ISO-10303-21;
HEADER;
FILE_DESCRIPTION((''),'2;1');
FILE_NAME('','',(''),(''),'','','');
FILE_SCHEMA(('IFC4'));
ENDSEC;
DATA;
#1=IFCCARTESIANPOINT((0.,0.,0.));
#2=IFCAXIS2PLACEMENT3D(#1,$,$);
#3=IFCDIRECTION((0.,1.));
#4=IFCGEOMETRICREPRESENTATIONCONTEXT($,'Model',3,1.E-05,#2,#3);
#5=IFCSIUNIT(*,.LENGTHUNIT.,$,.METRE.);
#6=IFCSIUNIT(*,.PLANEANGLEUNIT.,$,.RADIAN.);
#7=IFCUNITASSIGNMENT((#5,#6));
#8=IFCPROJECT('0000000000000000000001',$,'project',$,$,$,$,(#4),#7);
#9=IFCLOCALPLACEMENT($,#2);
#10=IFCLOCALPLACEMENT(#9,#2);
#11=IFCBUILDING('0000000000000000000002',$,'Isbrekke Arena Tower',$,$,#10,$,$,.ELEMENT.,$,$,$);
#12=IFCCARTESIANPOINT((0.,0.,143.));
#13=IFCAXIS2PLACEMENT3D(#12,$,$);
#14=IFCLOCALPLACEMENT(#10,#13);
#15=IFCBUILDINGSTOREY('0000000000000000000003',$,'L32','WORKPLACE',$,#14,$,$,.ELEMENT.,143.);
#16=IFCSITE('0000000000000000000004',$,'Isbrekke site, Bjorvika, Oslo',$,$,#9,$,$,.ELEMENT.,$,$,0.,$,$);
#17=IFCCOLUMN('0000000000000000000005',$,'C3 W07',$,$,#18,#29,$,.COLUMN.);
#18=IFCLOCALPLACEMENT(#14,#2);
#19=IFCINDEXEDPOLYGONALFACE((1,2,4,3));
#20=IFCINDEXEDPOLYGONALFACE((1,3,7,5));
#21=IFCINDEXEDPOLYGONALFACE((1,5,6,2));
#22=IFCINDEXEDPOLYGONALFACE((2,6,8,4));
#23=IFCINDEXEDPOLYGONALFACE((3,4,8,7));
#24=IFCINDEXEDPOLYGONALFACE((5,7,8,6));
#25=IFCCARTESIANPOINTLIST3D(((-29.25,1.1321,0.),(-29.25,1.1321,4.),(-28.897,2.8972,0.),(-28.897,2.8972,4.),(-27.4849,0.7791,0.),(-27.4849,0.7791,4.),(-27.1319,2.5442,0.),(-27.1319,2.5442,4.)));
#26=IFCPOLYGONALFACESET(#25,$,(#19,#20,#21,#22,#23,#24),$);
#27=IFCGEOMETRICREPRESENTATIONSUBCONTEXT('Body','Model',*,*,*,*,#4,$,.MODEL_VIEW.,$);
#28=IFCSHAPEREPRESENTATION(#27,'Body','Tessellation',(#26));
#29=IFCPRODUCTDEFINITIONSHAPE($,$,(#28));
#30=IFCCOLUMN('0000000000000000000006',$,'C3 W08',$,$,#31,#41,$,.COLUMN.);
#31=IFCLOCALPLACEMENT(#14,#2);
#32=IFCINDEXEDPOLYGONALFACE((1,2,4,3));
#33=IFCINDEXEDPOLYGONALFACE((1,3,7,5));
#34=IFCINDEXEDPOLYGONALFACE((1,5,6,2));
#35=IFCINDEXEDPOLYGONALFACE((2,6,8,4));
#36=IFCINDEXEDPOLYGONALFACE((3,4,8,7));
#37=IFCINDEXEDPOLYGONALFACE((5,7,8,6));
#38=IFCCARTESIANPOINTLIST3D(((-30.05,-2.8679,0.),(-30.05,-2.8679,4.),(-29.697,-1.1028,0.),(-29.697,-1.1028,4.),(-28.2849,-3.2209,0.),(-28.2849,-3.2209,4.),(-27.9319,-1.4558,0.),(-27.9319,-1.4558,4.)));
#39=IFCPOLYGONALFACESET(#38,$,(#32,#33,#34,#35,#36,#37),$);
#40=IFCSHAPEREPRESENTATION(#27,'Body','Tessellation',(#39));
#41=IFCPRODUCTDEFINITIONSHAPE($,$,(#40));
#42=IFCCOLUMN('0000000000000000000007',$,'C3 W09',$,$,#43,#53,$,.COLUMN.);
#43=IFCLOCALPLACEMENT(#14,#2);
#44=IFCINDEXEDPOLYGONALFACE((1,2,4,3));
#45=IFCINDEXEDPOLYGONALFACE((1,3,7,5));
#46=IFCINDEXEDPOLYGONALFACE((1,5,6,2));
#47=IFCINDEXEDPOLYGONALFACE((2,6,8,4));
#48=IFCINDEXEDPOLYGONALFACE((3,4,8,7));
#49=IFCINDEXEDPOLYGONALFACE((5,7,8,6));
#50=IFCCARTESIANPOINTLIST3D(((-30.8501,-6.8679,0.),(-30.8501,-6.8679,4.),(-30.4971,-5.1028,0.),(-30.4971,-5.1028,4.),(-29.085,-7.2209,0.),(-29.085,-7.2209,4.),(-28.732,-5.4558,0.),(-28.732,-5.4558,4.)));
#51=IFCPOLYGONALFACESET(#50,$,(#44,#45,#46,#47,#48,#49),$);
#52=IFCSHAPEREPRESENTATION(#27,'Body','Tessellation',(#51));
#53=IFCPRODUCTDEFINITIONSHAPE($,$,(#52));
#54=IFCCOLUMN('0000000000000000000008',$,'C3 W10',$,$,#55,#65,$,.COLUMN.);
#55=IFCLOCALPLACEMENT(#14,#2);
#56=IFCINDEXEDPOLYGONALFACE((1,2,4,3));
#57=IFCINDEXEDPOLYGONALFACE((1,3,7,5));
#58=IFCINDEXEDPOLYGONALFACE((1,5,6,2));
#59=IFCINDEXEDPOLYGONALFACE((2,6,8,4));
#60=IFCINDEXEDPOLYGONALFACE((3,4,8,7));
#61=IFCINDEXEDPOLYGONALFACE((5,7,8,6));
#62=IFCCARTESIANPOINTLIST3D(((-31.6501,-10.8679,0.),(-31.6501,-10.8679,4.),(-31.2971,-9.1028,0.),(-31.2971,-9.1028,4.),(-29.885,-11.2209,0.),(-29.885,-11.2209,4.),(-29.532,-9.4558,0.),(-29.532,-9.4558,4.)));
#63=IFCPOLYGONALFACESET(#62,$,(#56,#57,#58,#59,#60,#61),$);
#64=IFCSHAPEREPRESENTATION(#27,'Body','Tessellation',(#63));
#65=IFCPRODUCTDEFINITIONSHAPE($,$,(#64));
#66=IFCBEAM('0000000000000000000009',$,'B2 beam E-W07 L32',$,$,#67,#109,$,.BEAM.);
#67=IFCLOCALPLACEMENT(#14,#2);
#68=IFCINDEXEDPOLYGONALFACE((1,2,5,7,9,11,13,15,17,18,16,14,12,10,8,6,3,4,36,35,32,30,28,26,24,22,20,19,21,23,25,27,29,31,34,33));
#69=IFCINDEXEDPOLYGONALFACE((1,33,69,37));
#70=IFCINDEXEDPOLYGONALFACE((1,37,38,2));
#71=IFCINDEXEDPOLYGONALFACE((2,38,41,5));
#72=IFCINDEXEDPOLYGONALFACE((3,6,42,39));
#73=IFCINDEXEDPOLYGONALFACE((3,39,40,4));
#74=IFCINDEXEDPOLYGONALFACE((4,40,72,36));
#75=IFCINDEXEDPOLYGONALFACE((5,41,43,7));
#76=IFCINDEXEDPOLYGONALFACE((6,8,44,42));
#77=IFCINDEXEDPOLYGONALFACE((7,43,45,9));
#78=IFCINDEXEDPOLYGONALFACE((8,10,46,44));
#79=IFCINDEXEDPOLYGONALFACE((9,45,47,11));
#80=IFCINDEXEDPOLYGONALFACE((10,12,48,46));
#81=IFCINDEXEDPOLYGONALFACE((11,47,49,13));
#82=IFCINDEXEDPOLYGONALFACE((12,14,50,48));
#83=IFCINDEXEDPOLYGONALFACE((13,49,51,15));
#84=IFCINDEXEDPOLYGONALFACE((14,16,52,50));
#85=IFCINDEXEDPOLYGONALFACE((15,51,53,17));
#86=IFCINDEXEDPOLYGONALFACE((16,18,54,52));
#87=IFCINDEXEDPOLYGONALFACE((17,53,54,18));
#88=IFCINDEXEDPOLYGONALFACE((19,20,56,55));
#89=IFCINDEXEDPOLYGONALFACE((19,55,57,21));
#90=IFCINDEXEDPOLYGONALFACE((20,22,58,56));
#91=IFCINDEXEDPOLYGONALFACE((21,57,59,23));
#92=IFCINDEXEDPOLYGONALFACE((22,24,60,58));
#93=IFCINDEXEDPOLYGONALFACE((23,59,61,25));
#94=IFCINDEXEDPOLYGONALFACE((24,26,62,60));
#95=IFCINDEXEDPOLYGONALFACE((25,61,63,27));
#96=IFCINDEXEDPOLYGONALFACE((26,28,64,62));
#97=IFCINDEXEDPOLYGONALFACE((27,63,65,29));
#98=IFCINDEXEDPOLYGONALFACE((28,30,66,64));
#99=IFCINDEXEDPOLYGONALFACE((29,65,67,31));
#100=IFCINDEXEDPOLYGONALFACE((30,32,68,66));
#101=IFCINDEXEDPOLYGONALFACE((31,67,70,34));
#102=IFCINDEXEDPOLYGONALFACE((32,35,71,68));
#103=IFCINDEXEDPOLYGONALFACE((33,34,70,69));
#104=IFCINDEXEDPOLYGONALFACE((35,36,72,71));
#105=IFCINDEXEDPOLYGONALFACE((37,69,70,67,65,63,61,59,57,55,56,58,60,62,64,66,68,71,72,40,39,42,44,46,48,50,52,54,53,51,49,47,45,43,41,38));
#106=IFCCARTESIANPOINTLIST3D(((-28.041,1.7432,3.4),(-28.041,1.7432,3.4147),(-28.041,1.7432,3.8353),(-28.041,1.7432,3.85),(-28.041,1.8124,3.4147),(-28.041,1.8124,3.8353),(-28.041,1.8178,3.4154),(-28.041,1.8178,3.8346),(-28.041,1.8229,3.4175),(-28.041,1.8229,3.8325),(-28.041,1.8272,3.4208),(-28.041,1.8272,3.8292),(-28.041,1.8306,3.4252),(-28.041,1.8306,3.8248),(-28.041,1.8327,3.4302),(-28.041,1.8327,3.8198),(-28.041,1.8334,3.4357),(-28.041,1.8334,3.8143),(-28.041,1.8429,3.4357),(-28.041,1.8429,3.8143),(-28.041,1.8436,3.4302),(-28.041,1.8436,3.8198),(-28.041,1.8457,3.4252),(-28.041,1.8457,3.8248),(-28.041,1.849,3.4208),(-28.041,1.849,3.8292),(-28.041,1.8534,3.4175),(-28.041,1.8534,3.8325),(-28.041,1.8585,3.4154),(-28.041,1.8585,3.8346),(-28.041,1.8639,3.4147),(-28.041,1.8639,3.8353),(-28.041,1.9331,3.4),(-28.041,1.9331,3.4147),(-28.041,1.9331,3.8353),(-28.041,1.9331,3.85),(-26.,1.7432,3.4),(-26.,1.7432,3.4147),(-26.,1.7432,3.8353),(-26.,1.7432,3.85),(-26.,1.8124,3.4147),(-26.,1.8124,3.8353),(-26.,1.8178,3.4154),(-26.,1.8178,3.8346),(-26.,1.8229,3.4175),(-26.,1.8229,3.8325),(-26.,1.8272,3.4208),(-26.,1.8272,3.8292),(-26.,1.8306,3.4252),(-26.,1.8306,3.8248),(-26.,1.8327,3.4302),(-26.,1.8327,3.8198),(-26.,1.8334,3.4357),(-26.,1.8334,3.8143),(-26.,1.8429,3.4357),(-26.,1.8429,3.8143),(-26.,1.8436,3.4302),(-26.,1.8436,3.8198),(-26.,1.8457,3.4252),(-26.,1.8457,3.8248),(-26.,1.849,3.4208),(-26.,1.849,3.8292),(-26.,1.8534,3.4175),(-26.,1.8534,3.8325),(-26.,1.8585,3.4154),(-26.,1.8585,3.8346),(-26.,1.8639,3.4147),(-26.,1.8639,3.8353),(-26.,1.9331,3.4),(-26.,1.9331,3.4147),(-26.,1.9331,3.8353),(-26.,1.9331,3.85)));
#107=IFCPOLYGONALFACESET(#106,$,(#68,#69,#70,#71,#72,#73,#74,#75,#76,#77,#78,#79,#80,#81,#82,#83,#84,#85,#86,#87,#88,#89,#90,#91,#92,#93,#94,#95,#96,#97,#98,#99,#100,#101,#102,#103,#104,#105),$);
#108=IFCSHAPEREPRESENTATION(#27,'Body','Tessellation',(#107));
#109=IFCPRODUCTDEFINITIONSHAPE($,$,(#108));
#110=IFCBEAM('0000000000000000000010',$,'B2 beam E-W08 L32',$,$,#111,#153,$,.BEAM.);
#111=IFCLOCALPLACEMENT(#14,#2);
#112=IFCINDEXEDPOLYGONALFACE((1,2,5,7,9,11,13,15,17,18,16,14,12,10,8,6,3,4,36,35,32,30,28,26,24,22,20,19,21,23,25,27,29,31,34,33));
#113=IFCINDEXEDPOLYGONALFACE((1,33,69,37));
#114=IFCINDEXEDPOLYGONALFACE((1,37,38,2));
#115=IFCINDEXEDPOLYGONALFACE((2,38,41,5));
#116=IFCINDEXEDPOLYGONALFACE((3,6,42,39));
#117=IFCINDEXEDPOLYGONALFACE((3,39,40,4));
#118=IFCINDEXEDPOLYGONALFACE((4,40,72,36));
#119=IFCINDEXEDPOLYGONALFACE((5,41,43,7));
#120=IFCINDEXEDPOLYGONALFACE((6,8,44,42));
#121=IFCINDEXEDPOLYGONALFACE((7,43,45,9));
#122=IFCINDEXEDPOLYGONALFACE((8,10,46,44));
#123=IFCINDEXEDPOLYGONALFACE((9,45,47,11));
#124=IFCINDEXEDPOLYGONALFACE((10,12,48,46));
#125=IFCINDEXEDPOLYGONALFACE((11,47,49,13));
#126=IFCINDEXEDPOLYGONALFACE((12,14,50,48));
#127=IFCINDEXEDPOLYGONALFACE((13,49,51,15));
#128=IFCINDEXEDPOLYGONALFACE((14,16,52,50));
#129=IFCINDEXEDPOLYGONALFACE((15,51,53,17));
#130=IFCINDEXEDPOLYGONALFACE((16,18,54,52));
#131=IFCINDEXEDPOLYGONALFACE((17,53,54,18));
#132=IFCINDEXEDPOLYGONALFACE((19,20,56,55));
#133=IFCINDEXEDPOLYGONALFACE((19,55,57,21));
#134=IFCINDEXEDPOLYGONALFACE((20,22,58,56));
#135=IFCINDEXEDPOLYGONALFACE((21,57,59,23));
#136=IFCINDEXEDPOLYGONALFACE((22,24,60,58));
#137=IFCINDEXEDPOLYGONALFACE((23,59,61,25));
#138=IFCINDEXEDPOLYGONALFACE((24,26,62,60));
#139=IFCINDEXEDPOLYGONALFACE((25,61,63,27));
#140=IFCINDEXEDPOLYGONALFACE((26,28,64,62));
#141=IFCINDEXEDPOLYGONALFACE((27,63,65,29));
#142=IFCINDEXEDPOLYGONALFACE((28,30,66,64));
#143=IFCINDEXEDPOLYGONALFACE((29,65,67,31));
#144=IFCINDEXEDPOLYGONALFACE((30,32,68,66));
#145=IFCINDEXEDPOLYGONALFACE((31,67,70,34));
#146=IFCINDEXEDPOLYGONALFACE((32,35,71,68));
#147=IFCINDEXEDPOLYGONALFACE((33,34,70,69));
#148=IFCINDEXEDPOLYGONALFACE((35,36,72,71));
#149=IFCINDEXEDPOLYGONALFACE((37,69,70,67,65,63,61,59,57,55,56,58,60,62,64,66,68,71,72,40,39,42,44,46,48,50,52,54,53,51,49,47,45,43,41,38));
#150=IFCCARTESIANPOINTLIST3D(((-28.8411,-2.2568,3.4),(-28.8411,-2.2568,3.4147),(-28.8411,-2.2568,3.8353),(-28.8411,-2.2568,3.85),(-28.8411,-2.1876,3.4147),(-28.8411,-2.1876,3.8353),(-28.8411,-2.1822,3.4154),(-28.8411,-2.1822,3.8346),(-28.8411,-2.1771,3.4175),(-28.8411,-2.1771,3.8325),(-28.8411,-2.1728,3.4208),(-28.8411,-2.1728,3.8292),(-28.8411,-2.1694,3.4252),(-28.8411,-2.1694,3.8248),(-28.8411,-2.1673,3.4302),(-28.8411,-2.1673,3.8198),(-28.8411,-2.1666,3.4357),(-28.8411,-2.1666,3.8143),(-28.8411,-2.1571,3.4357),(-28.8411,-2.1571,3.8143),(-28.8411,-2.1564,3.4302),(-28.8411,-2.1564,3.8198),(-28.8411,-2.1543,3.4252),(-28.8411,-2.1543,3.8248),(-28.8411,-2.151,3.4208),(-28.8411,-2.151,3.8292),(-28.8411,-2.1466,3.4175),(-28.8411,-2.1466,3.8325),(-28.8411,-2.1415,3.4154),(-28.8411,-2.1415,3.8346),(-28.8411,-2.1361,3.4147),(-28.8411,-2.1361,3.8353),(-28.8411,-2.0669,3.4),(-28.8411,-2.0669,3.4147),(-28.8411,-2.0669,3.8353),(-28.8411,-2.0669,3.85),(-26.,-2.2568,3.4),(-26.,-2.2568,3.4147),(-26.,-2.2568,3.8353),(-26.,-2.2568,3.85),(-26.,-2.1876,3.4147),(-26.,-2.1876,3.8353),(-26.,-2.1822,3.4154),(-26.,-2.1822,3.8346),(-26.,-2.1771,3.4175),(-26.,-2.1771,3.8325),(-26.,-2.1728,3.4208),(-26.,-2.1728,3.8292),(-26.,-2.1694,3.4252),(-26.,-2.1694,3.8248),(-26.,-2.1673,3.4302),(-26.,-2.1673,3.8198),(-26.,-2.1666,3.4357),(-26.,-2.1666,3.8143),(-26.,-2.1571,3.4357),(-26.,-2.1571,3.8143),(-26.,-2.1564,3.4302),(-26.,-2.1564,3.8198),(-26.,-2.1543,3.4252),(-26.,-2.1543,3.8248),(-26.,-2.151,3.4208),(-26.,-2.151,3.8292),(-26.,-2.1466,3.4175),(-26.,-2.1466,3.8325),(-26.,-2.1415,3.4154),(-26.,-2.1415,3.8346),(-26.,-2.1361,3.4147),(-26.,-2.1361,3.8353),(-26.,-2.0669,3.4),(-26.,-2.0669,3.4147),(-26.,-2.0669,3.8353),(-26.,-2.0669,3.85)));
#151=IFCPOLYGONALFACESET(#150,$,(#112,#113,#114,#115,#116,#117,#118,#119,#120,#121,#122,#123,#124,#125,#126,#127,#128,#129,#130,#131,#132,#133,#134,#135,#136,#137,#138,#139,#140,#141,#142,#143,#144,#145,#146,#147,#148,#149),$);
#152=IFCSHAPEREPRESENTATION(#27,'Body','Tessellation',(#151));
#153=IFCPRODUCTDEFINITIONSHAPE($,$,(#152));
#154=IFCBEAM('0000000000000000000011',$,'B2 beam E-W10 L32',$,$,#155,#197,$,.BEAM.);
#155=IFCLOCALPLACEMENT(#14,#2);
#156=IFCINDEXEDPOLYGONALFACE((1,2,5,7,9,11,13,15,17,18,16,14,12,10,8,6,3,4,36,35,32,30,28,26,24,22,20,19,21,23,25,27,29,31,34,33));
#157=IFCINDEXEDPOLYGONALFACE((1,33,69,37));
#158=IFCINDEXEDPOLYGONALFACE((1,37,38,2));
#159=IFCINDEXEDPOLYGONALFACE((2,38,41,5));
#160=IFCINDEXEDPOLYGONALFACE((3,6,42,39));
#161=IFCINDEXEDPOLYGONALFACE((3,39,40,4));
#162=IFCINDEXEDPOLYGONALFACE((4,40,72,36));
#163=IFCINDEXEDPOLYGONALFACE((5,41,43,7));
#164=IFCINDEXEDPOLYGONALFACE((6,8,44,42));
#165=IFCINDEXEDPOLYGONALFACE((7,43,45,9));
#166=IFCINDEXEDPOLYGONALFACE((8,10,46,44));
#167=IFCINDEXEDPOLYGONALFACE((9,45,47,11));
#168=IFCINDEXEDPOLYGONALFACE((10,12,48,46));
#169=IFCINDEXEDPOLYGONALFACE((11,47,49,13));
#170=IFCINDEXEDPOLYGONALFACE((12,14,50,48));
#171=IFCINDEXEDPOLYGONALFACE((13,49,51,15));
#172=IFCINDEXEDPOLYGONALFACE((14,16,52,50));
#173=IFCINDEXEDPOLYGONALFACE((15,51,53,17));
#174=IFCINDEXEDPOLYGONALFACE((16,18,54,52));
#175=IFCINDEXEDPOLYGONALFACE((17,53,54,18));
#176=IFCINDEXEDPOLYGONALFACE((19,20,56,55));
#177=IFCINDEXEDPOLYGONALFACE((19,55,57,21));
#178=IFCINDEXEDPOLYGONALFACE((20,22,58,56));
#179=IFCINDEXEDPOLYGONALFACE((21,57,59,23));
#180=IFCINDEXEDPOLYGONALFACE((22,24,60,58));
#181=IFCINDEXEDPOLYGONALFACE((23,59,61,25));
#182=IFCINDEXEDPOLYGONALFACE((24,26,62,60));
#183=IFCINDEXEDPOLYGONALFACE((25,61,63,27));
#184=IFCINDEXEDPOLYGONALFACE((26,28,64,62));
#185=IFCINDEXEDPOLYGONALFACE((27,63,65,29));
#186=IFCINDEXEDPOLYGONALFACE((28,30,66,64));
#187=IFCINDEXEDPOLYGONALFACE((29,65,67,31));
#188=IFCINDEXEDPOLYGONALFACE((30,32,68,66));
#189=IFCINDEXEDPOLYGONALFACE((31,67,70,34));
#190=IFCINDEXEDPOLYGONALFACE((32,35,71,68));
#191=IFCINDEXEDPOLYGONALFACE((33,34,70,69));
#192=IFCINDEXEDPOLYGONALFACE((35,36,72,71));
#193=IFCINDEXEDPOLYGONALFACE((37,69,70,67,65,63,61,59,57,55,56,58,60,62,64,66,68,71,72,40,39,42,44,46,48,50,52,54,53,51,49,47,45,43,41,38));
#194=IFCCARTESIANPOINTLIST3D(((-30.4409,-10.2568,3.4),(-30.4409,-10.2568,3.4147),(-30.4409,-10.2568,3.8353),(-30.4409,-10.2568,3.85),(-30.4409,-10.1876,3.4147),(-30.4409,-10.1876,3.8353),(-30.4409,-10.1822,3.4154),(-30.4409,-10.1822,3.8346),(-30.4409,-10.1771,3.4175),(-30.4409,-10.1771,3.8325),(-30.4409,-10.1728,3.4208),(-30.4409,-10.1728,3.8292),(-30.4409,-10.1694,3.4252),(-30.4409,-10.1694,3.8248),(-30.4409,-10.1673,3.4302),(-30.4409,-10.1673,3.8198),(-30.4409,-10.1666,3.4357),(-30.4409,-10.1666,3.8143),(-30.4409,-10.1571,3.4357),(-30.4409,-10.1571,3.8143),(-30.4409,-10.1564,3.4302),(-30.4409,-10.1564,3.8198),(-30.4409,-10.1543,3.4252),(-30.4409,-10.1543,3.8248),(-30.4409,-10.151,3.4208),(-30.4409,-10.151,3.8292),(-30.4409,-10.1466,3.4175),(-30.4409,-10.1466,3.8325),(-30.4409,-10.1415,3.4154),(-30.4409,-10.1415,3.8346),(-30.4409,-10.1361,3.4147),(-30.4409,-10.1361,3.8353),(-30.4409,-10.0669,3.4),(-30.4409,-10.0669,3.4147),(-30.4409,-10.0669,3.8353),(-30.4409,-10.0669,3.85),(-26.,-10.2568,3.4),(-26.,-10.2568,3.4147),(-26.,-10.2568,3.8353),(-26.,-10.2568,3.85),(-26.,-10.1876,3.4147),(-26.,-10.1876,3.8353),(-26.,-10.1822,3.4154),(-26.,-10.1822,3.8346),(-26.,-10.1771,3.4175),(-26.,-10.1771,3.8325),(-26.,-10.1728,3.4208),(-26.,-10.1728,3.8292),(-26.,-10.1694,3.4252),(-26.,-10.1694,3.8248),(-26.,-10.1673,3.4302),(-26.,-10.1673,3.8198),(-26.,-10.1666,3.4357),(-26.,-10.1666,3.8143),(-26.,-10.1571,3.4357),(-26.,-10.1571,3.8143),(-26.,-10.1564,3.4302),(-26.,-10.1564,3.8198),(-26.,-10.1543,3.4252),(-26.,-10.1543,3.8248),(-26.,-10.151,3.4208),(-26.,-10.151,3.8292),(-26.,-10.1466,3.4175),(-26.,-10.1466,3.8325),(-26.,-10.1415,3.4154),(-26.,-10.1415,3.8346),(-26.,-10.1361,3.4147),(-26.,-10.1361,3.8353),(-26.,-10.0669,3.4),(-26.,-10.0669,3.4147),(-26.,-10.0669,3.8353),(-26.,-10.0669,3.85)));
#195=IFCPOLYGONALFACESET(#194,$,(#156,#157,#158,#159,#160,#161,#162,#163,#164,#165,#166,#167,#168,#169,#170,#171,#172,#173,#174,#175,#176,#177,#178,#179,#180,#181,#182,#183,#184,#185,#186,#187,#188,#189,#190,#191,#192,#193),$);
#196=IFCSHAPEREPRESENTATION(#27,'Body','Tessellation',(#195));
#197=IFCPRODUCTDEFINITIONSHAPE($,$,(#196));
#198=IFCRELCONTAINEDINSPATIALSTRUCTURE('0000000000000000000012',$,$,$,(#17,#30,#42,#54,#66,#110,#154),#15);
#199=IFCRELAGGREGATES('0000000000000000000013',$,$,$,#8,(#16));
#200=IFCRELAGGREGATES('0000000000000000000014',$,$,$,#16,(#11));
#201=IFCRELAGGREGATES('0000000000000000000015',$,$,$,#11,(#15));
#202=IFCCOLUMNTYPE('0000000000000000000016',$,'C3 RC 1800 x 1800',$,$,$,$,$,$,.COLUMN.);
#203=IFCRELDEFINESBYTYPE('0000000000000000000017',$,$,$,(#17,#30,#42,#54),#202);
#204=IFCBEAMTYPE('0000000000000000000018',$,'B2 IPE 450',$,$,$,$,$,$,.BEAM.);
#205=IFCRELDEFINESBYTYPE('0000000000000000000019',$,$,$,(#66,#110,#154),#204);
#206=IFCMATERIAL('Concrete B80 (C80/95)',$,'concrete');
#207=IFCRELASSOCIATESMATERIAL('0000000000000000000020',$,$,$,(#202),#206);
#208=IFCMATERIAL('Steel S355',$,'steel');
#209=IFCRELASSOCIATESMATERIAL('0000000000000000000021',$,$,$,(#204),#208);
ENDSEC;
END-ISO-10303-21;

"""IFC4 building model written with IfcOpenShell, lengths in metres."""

from ifc_helpers import new_model, si_unit, direction, frame, origin, origin_2d, place, context, subcontext, project, spatial, rectangle, i_section, extrude, material, material_profile, profile_set, type_object, element, save


model = new_model("IFC4")

# Units and contexts
model_context = context("Model", 3, precision=1e-05, world=origin(), true_north=direction((0.0, 1.0)))
body_context = subcontext(model_context, "Body", "Model", "MODEL_VIEW")
ifc_project = project(units=[si_unit("LENGTHUNIT", "METRE"), si_unit("PLANEANGLEUNIT", "RADIAN")], contexts=[model_context])

# Site, building, storey
site_placement = place(None, origin())
site = spatial("IfcSite", under=ifc_project, at=site_placement, Name="Isbrekke site, Bjorvika, Oslo", CompositionType="ELEMENT", RefElevation=0.0)
building_placement = place(site_placement, origin())
building = spatial("IfcBuilding", under=site, at=building_placement, Name="Isbrekke Arena Tower", CompositionType="ELEMENT")
storey_placement = place(building_placement, frame((0.0, 0.0, 143.0)))
storey = spatial("IfcBuildingStorey", under=building, at=storey_placement, Name="L32", Description="WORKPLACE", CompositionType="ELEMENT", Elevation=143.0)

# Columns
ifc_material_1 = material(Name="Concrete B80 (C80/95)", Category="concrete")
ifc_material_profile_1 = material_profile(ifc_material_1, rectangle(XDim=1.8, YDim=1.8, at=origin_2d()), Name="RC 1800x1800")
ifc_profile_set_1 = profile_set([ifc_material_profile_1], Name="Concrete B80 (C80/95)")
column_type = type_object("IfcColumnType", Name="C3 RC 1800 x 1800", PredefinedType="COLUMN", material=ifc_profile_set_1)
for number, where, z_axis, x_axis, name in (
    (1, (-28.1909, 1.8381, 0.0), (0.0, 0.0, 1.0), (-0.196116, -0.980581, 0.0), "C3 W07"),
    (2, (-28.991, -2.1619, 0.0), (0.0, 0.0, 1.0), (-0.196116, -0.980581, 0.0), "C3 W08"),
    (3, (-29.791, -6.1619, 0.0), (0.0, 0.0, 1.0), (-0.196116, -0.980581, 0.0), "C3 W09"),
    (4, (-30.5911, -10.1619, 0.0), (0.0, 0.0, 1.0), (-0.196116, -0.980581, 0.0), "C3 W10"),
):
    element("IfcColumn", number, at=place(storey_placement, frame(where, z_axis=z_axis, x_axis=x_axis)), inside=storey, type_object=column_type, Name=name, PredefinedType="COLUMN", context=body_context, shape_type="SweptSolid", body=[
        extrude(rectangle(XDim=1.8, YDim=1.8, at=origin_2d()), origin(), (0.0, 0.0, 1.0), 4.0),
    ])

# Beams
ifc_material_2 = material(Name="Steel S355", Category="steel")
ifc_material_profile_2 = material_profile(ifc_material_2, i_section(OverallWidth=0.1899, OverallDepth=0.45, WebThickness=0.0095, FlangeThickness=0.0146, FilletRadius=0.021, at=origin_2d()), Name="IPE 450")
ifc_profile_set_2 = profile_set([ifc_material_profile_2], Name="Steel S355")
beam_type_1 = type_object("IfcBeamType", Name="B2 IPE 450", PredefinedType="BEAM", material=ifc_profile_set_2)
beam_1_placement = place(storey_placement, frame((-28.041, 1.8381, 3.625), z_axis=(1.0, 0.0, 0.0), x_axis=(0.0, 1.0, 0.0)))
element("IfcBeam", 5, at=beam_1_placement, inside=storey, type_object=beam_type_1, Name="B2 beam E-W07 L32", PredefinedType="BEAM", context=body_context, shape_type="SweptSolid", body=[
    extrude(i_section(OverallWidth=0.1899, OverallDepth=0.45, WebThickness=0.0095, FlangeThickness=0.0146, FilletRadius=0.021, at=origin_2d()), origin(), (0.0, 0.0, 1.0), 2.041),
])
beam_2_placement = place(storey_placement, frame((-28.8411, -2.1619, 3.625), z_axis=(1.0, 0.0, 0.0), x_axis=(0.0, 1.0, 0.0)))
element("IfcBeam", 6, at=beam_2_placement, inside=storey, type_object=beam_type_1, Name="B2 beam E-W08 L32", PredefinedType="BEAM", context=body_context, shape_type="SweptSolid", body=[
    extrude(i_section(OverallWidth=0.1899, OverallDepth=0.45, WebThickness=0.0095, FlangeThickness=0.0146, FilletRadius=0.021, at=origin_2d()), origin(), (0.0, 0.0, 1.0), 2.8411),
])
beam_3_placement = place(storey_placement, frame((-30.4409, -10.1619, 3.625), z_axis=(1.0, 0.0, 0.0), x_axis=(0.0, 1.0, 0.0)))
element("IfcBeam", 7, at=beam_3_placement, inside=storey, type_object=beam_type_1, Name="B2 beam E-W10 L32", PredefinedType="BEAM", context=body_context, shape_type="SweptSolid", body=[
    extrude(i_section(OverallWidth=0.1899, OverallDepth=0.45, WebThickness=0.0095, FlangeThickness=0.0146, FilletRadius=0.021, at=origin_2d()), origin(), (0.0, 0.0, 1.0), 4.4409),
])

save(model, "model.ifc")
